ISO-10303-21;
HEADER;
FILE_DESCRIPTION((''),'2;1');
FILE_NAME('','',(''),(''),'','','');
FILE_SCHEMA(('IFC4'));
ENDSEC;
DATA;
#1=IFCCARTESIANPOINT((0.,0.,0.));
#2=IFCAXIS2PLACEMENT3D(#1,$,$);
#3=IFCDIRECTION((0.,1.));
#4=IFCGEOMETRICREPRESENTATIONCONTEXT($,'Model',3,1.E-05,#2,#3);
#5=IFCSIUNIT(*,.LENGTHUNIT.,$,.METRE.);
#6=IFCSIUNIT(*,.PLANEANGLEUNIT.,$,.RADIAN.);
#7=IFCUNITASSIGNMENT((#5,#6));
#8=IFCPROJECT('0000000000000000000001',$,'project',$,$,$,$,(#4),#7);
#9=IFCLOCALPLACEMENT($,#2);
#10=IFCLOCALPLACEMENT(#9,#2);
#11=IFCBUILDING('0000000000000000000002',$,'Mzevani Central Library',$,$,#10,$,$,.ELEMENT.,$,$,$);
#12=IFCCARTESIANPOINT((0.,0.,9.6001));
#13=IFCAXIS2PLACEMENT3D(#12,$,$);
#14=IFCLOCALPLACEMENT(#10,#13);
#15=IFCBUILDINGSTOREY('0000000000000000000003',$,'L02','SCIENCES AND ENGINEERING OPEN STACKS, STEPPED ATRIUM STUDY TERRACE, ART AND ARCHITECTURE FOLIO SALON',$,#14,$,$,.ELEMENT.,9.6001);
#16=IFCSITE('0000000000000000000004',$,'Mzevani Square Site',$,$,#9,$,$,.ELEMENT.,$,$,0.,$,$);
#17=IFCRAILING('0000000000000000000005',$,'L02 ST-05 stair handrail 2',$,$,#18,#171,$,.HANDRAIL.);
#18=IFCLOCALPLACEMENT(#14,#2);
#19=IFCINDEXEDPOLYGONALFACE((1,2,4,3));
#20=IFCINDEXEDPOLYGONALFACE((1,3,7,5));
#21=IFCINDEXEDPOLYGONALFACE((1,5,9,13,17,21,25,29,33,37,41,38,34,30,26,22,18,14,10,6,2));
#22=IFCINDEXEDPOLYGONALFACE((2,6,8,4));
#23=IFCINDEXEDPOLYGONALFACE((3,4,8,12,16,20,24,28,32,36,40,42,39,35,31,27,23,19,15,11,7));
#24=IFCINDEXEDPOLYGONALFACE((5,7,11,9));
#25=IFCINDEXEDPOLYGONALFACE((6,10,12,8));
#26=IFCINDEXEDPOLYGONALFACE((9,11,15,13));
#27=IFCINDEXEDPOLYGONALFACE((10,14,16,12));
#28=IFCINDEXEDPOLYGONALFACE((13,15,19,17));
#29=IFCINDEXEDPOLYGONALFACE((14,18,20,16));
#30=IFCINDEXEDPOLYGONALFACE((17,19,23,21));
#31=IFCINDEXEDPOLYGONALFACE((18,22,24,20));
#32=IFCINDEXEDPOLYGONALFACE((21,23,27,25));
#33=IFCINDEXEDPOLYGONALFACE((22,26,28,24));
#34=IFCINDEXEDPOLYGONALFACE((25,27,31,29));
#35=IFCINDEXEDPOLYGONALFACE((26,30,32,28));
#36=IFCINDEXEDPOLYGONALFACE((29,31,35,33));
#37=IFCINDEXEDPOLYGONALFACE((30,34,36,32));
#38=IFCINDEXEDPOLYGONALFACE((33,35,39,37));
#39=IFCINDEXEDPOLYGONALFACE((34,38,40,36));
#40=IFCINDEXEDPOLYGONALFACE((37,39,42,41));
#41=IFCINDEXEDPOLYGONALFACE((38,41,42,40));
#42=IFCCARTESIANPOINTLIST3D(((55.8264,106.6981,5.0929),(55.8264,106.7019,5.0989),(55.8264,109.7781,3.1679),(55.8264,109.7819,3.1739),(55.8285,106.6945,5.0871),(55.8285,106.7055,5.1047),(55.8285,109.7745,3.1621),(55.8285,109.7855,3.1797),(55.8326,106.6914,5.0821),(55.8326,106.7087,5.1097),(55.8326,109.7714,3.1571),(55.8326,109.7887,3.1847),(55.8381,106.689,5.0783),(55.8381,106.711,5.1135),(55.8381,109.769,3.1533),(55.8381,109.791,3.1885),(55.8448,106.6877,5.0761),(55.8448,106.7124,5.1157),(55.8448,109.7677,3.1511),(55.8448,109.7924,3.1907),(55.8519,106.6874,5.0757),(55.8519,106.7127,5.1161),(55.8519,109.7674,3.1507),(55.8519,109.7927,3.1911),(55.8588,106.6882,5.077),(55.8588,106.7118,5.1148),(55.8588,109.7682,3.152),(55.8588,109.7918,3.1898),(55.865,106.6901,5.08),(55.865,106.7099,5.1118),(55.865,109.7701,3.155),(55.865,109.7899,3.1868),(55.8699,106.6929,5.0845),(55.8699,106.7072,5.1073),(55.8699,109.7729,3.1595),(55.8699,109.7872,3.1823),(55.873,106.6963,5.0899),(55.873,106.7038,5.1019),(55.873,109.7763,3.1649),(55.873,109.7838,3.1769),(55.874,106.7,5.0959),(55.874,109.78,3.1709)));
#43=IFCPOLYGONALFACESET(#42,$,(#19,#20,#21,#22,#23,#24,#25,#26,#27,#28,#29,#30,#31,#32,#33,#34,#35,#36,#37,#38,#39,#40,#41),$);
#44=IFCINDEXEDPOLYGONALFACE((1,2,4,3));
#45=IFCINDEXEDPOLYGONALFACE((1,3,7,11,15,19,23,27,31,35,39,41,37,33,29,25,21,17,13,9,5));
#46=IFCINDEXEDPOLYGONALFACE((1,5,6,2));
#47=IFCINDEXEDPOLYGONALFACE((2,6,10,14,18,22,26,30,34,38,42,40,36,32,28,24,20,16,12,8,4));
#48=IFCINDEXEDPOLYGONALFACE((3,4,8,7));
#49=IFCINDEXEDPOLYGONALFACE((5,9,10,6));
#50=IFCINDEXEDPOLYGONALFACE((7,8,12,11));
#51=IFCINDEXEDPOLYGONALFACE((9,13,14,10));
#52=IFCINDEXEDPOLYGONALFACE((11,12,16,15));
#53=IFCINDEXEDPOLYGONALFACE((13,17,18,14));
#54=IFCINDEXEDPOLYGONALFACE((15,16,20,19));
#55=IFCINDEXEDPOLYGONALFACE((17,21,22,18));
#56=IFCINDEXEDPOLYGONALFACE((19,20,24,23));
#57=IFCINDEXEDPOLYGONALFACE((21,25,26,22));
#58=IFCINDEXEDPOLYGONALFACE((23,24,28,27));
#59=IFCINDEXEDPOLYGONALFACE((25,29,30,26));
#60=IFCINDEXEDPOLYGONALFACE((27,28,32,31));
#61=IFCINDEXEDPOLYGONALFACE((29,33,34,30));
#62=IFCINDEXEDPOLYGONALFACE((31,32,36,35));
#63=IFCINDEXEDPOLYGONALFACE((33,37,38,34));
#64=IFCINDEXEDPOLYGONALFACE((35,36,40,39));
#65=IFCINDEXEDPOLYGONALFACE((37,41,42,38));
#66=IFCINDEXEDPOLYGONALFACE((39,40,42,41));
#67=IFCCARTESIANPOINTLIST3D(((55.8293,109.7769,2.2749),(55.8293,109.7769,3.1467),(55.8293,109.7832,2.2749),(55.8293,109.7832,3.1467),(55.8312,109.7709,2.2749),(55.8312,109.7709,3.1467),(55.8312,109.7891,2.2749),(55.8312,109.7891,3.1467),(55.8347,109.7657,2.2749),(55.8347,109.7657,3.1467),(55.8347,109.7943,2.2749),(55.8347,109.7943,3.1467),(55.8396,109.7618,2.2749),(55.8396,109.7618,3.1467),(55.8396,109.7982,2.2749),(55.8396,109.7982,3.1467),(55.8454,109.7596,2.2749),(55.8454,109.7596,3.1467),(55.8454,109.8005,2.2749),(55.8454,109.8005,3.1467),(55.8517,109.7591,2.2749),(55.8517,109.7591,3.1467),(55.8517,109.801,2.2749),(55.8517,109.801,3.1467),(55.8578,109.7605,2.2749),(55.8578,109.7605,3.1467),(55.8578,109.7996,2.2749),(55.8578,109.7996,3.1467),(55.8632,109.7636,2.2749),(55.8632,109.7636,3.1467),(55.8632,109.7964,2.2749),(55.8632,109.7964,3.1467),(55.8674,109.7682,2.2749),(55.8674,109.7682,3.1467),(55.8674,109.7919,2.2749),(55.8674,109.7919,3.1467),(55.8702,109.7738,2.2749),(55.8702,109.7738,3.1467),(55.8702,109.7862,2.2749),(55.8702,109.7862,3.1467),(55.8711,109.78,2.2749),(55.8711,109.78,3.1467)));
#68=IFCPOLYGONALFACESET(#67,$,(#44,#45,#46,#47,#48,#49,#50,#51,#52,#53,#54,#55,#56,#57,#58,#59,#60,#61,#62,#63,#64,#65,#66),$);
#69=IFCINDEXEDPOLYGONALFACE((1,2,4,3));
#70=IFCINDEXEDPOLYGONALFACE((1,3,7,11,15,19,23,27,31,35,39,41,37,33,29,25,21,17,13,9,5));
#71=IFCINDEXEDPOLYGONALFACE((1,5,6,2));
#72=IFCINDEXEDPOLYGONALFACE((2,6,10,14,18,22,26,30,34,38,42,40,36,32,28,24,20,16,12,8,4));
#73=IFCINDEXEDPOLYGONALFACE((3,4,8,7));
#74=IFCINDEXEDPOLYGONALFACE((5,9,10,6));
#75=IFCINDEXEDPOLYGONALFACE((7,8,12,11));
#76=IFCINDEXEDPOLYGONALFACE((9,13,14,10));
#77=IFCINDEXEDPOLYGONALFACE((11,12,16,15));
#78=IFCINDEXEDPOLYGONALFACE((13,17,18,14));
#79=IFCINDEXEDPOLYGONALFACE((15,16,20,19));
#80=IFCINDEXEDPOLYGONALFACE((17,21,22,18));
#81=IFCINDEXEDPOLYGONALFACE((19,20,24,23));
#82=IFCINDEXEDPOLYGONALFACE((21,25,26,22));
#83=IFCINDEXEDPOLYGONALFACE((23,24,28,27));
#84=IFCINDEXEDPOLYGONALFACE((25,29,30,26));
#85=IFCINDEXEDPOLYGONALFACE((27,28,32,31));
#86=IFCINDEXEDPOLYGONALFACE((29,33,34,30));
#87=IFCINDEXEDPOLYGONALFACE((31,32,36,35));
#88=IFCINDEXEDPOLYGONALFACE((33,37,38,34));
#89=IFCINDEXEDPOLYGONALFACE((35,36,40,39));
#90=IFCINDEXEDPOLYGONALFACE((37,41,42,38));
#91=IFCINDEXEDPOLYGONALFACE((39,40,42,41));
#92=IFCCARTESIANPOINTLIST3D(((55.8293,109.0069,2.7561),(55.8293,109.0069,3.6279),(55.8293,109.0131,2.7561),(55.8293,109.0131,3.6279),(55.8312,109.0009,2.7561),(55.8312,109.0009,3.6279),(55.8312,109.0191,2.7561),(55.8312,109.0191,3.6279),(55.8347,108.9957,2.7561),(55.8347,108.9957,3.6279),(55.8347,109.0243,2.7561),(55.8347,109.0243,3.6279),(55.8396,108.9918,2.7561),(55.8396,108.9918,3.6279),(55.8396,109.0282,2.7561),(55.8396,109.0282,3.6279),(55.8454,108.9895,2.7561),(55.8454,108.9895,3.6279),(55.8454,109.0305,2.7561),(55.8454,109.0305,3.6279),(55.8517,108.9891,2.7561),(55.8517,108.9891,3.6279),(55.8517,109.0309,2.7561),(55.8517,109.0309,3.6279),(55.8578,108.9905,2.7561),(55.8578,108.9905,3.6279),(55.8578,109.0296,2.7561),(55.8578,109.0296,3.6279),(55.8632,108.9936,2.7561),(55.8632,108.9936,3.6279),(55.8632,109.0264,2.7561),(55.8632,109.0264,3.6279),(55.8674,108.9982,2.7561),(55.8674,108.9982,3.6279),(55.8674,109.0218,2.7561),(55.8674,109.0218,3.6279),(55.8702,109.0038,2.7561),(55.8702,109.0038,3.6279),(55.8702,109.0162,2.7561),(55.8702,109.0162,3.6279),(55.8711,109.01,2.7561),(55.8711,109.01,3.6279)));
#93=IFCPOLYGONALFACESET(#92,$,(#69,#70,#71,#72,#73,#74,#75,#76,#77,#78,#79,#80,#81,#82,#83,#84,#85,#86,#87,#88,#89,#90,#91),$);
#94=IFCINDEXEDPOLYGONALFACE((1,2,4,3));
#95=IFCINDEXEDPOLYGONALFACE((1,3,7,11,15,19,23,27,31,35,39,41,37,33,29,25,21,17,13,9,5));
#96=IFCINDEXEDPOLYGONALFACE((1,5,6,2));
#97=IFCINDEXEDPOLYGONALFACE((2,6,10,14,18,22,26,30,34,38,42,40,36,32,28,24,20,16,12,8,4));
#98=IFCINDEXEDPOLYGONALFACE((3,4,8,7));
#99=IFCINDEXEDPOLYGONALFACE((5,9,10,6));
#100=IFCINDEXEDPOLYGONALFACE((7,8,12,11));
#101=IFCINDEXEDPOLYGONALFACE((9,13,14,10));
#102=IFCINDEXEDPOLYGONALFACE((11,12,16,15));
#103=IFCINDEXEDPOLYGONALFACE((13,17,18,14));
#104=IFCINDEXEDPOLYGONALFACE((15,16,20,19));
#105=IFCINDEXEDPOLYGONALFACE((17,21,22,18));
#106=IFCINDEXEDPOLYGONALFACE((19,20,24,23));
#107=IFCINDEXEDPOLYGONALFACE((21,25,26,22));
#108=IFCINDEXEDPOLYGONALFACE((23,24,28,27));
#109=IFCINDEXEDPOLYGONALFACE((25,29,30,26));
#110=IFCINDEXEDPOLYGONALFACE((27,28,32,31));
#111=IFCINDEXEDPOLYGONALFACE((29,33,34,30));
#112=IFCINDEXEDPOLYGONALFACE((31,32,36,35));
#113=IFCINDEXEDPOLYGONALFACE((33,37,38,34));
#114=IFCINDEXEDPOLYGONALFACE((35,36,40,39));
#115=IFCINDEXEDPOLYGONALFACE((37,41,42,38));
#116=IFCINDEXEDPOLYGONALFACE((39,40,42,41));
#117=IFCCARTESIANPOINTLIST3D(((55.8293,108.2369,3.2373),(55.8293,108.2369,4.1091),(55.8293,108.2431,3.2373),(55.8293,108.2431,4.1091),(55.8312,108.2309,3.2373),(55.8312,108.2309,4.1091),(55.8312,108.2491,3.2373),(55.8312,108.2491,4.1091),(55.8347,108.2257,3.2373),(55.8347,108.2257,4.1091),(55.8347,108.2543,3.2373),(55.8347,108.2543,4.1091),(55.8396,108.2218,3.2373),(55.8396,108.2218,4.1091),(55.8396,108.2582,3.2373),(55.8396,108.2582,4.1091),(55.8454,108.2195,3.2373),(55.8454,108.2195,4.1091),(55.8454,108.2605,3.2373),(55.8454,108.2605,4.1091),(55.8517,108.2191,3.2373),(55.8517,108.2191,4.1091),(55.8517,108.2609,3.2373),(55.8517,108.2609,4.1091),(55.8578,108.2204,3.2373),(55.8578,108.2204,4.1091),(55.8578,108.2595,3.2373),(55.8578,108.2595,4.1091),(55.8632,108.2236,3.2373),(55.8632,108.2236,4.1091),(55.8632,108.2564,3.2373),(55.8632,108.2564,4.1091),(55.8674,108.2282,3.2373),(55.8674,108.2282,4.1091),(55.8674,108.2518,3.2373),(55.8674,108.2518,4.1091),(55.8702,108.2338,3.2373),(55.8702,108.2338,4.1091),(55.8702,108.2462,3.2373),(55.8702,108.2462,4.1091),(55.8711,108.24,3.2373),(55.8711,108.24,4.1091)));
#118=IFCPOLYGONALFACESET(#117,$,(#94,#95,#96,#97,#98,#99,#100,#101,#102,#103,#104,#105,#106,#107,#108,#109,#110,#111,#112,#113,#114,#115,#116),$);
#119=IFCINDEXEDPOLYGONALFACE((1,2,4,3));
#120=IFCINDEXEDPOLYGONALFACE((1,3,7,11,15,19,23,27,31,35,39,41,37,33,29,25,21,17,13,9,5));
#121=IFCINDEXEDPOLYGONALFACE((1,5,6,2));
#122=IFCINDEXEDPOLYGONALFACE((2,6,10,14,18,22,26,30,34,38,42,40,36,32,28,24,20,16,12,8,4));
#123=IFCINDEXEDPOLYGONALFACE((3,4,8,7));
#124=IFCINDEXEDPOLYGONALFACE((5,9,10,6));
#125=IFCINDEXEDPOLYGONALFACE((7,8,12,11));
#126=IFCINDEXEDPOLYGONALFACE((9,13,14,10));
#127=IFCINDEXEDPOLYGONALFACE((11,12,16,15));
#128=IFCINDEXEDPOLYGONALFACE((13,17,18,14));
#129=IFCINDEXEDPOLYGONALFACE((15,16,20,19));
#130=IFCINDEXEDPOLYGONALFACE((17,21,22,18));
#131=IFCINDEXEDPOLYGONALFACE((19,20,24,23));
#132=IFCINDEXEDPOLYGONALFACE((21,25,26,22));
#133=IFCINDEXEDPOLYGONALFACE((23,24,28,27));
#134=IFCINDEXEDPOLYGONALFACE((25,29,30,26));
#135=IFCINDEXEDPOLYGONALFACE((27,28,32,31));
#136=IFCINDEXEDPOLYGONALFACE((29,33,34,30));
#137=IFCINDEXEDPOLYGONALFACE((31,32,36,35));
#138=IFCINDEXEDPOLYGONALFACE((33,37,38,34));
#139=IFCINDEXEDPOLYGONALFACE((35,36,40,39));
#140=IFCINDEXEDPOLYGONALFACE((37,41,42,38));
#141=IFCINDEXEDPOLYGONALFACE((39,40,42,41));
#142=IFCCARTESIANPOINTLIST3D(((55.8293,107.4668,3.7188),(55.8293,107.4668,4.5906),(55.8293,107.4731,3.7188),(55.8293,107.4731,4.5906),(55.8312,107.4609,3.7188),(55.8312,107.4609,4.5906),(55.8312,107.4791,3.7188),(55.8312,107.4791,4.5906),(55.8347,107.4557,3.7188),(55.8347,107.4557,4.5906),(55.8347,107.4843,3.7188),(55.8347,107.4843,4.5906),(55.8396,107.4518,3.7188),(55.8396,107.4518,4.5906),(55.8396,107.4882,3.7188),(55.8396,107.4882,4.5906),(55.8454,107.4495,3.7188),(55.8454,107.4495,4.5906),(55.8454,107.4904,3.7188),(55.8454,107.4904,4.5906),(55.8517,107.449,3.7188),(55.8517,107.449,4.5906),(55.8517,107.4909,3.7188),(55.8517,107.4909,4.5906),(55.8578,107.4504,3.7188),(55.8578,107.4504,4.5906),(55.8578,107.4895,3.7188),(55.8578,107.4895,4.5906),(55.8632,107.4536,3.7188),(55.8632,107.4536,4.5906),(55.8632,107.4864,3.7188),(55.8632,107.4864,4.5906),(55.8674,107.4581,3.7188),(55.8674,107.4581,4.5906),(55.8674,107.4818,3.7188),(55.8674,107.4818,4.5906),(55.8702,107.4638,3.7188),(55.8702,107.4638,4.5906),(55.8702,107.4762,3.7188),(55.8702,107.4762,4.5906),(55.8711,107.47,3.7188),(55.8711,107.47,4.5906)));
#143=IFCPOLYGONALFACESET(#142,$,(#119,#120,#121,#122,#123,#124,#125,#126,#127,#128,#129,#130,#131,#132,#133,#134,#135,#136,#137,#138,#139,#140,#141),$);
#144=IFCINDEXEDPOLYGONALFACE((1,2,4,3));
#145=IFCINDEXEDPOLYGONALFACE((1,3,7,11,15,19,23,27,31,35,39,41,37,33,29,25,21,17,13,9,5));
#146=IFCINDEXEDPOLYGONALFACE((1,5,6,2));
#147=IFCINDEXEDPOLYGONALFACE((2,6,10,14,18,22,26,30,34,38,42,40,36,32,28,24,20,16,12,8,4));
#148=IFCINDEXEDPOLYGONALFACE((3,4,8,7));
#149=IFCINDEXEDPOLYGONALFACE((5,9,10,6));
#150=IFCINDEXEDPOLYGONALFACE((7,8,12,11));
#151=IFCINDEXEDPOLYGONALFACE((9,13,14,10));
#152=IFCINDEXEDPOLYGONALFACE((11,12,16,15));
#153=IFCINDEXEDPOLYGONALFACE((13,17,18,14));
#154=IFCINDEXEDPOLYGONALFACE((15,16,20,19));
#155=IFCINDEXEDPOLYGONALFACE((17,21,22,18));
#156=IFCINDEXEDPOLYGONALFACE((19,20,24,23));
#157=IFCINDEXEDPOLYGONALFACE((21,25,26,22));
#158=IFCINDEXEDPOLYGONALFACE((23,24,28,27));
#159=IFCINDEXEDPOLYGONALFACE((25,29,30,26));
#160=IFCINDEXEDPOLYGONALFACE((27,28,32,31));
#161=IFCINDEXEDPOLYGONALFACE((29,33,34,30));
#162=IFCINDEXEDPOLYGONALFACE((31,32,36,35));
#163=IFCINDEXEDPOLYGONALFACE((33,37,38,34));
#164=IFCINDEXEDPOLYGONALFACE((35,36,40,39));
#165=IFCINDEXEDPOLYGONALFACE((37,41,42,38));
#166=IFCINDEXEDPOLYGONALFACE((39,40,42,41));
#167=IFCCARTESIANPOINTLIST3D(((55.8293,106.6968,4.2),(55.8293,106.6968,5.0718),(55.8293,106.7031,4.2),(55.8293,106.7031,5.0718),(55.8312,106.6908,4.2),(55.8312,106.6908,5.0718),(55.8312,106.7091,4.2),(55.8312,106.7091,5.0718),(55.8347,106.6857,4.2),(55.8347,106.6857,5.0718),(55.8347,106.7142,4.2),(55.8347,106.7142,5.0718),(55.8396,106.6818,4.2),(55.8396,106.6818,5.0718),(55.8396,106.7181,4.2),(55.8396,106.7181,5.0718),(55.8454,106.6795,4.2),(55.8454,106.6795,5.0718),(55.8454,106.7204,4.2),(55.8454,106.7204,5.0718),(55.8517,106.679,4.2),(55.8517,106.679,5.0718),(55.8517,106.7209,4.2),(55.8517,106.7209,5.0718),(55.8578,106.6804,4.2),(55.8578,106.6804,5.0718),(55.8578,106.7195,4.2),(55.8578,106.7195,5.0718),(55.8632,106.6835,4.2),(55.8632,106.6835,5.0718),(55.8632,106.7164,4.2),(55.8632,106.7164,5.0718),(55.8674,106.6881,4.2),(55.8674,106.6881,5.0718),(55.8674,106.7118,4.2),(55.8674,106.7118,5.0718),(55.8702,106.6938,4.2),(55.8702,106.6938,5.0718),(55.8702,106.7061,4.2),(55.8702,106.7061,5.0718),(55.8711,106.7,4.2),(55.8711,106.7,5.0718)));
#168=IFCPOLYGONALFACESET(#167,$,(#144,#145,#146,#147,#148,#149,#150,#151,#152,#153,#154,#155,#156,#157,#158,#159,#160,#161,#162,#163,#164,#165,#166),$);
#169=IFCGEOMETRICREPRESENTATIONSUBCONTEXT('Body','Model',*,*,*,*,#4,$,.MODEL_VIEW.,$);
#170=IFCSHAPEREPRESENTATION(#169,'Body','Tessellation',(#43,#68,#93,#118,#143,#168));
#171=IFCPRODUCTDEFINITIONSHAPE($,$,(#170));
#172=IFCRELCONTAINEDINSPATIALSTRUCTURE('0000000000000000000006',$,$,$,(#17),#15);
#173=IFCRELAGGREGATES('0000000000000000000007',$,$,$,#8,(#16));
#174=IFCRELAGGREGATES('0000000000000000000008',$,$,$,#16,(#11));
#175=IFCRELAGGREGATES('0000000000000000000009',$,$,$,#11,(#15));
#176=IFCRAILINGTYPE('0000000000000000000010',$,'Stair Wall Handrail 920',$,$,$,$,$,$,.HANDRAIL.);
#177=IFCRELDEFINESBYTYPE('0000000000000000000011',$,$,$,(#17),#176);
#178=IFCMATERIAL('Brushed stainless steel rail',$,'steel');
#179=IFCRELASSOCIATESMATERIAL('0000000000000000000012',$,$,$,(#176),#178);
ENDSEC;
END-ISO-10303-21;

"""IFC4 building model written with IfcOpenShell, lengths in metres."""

from ifc_helpers import new_model, si_unit, direction, frame, origin, origin_2d, place, context, subcontext, project, spatial, circle, extrude, material, type_object, element, save


model = new_model("IFC4")

# Units and contexts
model_context = context("Model", 3, precision=1e-05, world=origin(), true_north=direction((0.0, 1.0)))
body_context = subcontext(model_context, "Body", "Model", "MODEL_VIEW")
ifc_project = project(units=[si_unit("LENGTHUNIT", "METRE"), si_unit("PLANEANGLEUNIT", "RADIAN")], contexts=[model_context])

# Site, building, storey
site_placement = place(None, origin())
site = spatial("IfcSite", under=ifc_project, at=site_placement, Name="Mzevani Square Site", CompositionType="ELEMENT", RefElevation=0.0)
building_placement = place(site_placement, origin())
building = spatial("IfcBuilding", under=site, at=building_placement, Name="Mzevani Central Library", CompositionType="ELEMENT")
storey_placement = place(building_placement, frame((0.0, 0.0, 9.6001)))
storey = spatial("IfcBuildingStorey", under=building, at=storey_placement, Name="L02", Description="SCIENCES AND ENGINEERING OPEN STACKS, STEPPED ATRIUM STUDY TERRACE, ART AND ARCHITECTURE FOLIO SALON", CompositionType="ELEMENT", Elevation=9.6001)

# Shared definitions
ifc_material_1 = material(Name="Brushed stainless steel rail", Category="steel")

# Railing
railing_type_1 = type_object("IfcRailingType", Name="Stair Wall Handrail 920", PredefinedType="HANDRAIL", material=ifc_material_1)
railing_1_placement = place(storey_placement, frame((55.8501, 109.78, 2.2749)))
element("IfcRailing", 1, at=railing_1_placement, inside=storey, type_object=railing_type_1, Name="L02 ST-05 stair handrail 2", PredefinedType="HANDRAIL", context=body_context, shape_type="SweptSolid", body=[
    extrude(circle(Radius=0.0239, at=origin_2d()), frame((0.0, 0.0, 0.896), z_axis=(0.0, -0.847998, 0.529999), x_axis=(1.0, 0.0, 0.0)), (0.0, 0.0, 1.0), 3.6321),
    extrude(circle(Radius=0.021, at=origin_2d()), origin(), (0.0, 0.0, 1.0), 0.8718),
    extrude(circle(Radius=0.021, at=origin_2d()), frame((0.0, -0.77, 0.4812)), (0.0, 0.0, 1.0), 0.8718),
    extrude(circle(Radius=0.021, at=origin_2d()), frame((0.0, -1.54, 0.9624)), (0.0, 0.0, 1.0), 0.8718),
    extrude(circle(Radius=0.021, at=origin_2d()), frame((0.0, -2.3101, 1.4438)), (0.0, 0.0, 1.0), 0.8718),
    extrude(circle(Radius=0.021, at=origin_2d()), frame((0.0, -3.0801, 1.925)), (0.0, 0.0, 1.0), 0.8718),
])

save(model, "model.ifc")
